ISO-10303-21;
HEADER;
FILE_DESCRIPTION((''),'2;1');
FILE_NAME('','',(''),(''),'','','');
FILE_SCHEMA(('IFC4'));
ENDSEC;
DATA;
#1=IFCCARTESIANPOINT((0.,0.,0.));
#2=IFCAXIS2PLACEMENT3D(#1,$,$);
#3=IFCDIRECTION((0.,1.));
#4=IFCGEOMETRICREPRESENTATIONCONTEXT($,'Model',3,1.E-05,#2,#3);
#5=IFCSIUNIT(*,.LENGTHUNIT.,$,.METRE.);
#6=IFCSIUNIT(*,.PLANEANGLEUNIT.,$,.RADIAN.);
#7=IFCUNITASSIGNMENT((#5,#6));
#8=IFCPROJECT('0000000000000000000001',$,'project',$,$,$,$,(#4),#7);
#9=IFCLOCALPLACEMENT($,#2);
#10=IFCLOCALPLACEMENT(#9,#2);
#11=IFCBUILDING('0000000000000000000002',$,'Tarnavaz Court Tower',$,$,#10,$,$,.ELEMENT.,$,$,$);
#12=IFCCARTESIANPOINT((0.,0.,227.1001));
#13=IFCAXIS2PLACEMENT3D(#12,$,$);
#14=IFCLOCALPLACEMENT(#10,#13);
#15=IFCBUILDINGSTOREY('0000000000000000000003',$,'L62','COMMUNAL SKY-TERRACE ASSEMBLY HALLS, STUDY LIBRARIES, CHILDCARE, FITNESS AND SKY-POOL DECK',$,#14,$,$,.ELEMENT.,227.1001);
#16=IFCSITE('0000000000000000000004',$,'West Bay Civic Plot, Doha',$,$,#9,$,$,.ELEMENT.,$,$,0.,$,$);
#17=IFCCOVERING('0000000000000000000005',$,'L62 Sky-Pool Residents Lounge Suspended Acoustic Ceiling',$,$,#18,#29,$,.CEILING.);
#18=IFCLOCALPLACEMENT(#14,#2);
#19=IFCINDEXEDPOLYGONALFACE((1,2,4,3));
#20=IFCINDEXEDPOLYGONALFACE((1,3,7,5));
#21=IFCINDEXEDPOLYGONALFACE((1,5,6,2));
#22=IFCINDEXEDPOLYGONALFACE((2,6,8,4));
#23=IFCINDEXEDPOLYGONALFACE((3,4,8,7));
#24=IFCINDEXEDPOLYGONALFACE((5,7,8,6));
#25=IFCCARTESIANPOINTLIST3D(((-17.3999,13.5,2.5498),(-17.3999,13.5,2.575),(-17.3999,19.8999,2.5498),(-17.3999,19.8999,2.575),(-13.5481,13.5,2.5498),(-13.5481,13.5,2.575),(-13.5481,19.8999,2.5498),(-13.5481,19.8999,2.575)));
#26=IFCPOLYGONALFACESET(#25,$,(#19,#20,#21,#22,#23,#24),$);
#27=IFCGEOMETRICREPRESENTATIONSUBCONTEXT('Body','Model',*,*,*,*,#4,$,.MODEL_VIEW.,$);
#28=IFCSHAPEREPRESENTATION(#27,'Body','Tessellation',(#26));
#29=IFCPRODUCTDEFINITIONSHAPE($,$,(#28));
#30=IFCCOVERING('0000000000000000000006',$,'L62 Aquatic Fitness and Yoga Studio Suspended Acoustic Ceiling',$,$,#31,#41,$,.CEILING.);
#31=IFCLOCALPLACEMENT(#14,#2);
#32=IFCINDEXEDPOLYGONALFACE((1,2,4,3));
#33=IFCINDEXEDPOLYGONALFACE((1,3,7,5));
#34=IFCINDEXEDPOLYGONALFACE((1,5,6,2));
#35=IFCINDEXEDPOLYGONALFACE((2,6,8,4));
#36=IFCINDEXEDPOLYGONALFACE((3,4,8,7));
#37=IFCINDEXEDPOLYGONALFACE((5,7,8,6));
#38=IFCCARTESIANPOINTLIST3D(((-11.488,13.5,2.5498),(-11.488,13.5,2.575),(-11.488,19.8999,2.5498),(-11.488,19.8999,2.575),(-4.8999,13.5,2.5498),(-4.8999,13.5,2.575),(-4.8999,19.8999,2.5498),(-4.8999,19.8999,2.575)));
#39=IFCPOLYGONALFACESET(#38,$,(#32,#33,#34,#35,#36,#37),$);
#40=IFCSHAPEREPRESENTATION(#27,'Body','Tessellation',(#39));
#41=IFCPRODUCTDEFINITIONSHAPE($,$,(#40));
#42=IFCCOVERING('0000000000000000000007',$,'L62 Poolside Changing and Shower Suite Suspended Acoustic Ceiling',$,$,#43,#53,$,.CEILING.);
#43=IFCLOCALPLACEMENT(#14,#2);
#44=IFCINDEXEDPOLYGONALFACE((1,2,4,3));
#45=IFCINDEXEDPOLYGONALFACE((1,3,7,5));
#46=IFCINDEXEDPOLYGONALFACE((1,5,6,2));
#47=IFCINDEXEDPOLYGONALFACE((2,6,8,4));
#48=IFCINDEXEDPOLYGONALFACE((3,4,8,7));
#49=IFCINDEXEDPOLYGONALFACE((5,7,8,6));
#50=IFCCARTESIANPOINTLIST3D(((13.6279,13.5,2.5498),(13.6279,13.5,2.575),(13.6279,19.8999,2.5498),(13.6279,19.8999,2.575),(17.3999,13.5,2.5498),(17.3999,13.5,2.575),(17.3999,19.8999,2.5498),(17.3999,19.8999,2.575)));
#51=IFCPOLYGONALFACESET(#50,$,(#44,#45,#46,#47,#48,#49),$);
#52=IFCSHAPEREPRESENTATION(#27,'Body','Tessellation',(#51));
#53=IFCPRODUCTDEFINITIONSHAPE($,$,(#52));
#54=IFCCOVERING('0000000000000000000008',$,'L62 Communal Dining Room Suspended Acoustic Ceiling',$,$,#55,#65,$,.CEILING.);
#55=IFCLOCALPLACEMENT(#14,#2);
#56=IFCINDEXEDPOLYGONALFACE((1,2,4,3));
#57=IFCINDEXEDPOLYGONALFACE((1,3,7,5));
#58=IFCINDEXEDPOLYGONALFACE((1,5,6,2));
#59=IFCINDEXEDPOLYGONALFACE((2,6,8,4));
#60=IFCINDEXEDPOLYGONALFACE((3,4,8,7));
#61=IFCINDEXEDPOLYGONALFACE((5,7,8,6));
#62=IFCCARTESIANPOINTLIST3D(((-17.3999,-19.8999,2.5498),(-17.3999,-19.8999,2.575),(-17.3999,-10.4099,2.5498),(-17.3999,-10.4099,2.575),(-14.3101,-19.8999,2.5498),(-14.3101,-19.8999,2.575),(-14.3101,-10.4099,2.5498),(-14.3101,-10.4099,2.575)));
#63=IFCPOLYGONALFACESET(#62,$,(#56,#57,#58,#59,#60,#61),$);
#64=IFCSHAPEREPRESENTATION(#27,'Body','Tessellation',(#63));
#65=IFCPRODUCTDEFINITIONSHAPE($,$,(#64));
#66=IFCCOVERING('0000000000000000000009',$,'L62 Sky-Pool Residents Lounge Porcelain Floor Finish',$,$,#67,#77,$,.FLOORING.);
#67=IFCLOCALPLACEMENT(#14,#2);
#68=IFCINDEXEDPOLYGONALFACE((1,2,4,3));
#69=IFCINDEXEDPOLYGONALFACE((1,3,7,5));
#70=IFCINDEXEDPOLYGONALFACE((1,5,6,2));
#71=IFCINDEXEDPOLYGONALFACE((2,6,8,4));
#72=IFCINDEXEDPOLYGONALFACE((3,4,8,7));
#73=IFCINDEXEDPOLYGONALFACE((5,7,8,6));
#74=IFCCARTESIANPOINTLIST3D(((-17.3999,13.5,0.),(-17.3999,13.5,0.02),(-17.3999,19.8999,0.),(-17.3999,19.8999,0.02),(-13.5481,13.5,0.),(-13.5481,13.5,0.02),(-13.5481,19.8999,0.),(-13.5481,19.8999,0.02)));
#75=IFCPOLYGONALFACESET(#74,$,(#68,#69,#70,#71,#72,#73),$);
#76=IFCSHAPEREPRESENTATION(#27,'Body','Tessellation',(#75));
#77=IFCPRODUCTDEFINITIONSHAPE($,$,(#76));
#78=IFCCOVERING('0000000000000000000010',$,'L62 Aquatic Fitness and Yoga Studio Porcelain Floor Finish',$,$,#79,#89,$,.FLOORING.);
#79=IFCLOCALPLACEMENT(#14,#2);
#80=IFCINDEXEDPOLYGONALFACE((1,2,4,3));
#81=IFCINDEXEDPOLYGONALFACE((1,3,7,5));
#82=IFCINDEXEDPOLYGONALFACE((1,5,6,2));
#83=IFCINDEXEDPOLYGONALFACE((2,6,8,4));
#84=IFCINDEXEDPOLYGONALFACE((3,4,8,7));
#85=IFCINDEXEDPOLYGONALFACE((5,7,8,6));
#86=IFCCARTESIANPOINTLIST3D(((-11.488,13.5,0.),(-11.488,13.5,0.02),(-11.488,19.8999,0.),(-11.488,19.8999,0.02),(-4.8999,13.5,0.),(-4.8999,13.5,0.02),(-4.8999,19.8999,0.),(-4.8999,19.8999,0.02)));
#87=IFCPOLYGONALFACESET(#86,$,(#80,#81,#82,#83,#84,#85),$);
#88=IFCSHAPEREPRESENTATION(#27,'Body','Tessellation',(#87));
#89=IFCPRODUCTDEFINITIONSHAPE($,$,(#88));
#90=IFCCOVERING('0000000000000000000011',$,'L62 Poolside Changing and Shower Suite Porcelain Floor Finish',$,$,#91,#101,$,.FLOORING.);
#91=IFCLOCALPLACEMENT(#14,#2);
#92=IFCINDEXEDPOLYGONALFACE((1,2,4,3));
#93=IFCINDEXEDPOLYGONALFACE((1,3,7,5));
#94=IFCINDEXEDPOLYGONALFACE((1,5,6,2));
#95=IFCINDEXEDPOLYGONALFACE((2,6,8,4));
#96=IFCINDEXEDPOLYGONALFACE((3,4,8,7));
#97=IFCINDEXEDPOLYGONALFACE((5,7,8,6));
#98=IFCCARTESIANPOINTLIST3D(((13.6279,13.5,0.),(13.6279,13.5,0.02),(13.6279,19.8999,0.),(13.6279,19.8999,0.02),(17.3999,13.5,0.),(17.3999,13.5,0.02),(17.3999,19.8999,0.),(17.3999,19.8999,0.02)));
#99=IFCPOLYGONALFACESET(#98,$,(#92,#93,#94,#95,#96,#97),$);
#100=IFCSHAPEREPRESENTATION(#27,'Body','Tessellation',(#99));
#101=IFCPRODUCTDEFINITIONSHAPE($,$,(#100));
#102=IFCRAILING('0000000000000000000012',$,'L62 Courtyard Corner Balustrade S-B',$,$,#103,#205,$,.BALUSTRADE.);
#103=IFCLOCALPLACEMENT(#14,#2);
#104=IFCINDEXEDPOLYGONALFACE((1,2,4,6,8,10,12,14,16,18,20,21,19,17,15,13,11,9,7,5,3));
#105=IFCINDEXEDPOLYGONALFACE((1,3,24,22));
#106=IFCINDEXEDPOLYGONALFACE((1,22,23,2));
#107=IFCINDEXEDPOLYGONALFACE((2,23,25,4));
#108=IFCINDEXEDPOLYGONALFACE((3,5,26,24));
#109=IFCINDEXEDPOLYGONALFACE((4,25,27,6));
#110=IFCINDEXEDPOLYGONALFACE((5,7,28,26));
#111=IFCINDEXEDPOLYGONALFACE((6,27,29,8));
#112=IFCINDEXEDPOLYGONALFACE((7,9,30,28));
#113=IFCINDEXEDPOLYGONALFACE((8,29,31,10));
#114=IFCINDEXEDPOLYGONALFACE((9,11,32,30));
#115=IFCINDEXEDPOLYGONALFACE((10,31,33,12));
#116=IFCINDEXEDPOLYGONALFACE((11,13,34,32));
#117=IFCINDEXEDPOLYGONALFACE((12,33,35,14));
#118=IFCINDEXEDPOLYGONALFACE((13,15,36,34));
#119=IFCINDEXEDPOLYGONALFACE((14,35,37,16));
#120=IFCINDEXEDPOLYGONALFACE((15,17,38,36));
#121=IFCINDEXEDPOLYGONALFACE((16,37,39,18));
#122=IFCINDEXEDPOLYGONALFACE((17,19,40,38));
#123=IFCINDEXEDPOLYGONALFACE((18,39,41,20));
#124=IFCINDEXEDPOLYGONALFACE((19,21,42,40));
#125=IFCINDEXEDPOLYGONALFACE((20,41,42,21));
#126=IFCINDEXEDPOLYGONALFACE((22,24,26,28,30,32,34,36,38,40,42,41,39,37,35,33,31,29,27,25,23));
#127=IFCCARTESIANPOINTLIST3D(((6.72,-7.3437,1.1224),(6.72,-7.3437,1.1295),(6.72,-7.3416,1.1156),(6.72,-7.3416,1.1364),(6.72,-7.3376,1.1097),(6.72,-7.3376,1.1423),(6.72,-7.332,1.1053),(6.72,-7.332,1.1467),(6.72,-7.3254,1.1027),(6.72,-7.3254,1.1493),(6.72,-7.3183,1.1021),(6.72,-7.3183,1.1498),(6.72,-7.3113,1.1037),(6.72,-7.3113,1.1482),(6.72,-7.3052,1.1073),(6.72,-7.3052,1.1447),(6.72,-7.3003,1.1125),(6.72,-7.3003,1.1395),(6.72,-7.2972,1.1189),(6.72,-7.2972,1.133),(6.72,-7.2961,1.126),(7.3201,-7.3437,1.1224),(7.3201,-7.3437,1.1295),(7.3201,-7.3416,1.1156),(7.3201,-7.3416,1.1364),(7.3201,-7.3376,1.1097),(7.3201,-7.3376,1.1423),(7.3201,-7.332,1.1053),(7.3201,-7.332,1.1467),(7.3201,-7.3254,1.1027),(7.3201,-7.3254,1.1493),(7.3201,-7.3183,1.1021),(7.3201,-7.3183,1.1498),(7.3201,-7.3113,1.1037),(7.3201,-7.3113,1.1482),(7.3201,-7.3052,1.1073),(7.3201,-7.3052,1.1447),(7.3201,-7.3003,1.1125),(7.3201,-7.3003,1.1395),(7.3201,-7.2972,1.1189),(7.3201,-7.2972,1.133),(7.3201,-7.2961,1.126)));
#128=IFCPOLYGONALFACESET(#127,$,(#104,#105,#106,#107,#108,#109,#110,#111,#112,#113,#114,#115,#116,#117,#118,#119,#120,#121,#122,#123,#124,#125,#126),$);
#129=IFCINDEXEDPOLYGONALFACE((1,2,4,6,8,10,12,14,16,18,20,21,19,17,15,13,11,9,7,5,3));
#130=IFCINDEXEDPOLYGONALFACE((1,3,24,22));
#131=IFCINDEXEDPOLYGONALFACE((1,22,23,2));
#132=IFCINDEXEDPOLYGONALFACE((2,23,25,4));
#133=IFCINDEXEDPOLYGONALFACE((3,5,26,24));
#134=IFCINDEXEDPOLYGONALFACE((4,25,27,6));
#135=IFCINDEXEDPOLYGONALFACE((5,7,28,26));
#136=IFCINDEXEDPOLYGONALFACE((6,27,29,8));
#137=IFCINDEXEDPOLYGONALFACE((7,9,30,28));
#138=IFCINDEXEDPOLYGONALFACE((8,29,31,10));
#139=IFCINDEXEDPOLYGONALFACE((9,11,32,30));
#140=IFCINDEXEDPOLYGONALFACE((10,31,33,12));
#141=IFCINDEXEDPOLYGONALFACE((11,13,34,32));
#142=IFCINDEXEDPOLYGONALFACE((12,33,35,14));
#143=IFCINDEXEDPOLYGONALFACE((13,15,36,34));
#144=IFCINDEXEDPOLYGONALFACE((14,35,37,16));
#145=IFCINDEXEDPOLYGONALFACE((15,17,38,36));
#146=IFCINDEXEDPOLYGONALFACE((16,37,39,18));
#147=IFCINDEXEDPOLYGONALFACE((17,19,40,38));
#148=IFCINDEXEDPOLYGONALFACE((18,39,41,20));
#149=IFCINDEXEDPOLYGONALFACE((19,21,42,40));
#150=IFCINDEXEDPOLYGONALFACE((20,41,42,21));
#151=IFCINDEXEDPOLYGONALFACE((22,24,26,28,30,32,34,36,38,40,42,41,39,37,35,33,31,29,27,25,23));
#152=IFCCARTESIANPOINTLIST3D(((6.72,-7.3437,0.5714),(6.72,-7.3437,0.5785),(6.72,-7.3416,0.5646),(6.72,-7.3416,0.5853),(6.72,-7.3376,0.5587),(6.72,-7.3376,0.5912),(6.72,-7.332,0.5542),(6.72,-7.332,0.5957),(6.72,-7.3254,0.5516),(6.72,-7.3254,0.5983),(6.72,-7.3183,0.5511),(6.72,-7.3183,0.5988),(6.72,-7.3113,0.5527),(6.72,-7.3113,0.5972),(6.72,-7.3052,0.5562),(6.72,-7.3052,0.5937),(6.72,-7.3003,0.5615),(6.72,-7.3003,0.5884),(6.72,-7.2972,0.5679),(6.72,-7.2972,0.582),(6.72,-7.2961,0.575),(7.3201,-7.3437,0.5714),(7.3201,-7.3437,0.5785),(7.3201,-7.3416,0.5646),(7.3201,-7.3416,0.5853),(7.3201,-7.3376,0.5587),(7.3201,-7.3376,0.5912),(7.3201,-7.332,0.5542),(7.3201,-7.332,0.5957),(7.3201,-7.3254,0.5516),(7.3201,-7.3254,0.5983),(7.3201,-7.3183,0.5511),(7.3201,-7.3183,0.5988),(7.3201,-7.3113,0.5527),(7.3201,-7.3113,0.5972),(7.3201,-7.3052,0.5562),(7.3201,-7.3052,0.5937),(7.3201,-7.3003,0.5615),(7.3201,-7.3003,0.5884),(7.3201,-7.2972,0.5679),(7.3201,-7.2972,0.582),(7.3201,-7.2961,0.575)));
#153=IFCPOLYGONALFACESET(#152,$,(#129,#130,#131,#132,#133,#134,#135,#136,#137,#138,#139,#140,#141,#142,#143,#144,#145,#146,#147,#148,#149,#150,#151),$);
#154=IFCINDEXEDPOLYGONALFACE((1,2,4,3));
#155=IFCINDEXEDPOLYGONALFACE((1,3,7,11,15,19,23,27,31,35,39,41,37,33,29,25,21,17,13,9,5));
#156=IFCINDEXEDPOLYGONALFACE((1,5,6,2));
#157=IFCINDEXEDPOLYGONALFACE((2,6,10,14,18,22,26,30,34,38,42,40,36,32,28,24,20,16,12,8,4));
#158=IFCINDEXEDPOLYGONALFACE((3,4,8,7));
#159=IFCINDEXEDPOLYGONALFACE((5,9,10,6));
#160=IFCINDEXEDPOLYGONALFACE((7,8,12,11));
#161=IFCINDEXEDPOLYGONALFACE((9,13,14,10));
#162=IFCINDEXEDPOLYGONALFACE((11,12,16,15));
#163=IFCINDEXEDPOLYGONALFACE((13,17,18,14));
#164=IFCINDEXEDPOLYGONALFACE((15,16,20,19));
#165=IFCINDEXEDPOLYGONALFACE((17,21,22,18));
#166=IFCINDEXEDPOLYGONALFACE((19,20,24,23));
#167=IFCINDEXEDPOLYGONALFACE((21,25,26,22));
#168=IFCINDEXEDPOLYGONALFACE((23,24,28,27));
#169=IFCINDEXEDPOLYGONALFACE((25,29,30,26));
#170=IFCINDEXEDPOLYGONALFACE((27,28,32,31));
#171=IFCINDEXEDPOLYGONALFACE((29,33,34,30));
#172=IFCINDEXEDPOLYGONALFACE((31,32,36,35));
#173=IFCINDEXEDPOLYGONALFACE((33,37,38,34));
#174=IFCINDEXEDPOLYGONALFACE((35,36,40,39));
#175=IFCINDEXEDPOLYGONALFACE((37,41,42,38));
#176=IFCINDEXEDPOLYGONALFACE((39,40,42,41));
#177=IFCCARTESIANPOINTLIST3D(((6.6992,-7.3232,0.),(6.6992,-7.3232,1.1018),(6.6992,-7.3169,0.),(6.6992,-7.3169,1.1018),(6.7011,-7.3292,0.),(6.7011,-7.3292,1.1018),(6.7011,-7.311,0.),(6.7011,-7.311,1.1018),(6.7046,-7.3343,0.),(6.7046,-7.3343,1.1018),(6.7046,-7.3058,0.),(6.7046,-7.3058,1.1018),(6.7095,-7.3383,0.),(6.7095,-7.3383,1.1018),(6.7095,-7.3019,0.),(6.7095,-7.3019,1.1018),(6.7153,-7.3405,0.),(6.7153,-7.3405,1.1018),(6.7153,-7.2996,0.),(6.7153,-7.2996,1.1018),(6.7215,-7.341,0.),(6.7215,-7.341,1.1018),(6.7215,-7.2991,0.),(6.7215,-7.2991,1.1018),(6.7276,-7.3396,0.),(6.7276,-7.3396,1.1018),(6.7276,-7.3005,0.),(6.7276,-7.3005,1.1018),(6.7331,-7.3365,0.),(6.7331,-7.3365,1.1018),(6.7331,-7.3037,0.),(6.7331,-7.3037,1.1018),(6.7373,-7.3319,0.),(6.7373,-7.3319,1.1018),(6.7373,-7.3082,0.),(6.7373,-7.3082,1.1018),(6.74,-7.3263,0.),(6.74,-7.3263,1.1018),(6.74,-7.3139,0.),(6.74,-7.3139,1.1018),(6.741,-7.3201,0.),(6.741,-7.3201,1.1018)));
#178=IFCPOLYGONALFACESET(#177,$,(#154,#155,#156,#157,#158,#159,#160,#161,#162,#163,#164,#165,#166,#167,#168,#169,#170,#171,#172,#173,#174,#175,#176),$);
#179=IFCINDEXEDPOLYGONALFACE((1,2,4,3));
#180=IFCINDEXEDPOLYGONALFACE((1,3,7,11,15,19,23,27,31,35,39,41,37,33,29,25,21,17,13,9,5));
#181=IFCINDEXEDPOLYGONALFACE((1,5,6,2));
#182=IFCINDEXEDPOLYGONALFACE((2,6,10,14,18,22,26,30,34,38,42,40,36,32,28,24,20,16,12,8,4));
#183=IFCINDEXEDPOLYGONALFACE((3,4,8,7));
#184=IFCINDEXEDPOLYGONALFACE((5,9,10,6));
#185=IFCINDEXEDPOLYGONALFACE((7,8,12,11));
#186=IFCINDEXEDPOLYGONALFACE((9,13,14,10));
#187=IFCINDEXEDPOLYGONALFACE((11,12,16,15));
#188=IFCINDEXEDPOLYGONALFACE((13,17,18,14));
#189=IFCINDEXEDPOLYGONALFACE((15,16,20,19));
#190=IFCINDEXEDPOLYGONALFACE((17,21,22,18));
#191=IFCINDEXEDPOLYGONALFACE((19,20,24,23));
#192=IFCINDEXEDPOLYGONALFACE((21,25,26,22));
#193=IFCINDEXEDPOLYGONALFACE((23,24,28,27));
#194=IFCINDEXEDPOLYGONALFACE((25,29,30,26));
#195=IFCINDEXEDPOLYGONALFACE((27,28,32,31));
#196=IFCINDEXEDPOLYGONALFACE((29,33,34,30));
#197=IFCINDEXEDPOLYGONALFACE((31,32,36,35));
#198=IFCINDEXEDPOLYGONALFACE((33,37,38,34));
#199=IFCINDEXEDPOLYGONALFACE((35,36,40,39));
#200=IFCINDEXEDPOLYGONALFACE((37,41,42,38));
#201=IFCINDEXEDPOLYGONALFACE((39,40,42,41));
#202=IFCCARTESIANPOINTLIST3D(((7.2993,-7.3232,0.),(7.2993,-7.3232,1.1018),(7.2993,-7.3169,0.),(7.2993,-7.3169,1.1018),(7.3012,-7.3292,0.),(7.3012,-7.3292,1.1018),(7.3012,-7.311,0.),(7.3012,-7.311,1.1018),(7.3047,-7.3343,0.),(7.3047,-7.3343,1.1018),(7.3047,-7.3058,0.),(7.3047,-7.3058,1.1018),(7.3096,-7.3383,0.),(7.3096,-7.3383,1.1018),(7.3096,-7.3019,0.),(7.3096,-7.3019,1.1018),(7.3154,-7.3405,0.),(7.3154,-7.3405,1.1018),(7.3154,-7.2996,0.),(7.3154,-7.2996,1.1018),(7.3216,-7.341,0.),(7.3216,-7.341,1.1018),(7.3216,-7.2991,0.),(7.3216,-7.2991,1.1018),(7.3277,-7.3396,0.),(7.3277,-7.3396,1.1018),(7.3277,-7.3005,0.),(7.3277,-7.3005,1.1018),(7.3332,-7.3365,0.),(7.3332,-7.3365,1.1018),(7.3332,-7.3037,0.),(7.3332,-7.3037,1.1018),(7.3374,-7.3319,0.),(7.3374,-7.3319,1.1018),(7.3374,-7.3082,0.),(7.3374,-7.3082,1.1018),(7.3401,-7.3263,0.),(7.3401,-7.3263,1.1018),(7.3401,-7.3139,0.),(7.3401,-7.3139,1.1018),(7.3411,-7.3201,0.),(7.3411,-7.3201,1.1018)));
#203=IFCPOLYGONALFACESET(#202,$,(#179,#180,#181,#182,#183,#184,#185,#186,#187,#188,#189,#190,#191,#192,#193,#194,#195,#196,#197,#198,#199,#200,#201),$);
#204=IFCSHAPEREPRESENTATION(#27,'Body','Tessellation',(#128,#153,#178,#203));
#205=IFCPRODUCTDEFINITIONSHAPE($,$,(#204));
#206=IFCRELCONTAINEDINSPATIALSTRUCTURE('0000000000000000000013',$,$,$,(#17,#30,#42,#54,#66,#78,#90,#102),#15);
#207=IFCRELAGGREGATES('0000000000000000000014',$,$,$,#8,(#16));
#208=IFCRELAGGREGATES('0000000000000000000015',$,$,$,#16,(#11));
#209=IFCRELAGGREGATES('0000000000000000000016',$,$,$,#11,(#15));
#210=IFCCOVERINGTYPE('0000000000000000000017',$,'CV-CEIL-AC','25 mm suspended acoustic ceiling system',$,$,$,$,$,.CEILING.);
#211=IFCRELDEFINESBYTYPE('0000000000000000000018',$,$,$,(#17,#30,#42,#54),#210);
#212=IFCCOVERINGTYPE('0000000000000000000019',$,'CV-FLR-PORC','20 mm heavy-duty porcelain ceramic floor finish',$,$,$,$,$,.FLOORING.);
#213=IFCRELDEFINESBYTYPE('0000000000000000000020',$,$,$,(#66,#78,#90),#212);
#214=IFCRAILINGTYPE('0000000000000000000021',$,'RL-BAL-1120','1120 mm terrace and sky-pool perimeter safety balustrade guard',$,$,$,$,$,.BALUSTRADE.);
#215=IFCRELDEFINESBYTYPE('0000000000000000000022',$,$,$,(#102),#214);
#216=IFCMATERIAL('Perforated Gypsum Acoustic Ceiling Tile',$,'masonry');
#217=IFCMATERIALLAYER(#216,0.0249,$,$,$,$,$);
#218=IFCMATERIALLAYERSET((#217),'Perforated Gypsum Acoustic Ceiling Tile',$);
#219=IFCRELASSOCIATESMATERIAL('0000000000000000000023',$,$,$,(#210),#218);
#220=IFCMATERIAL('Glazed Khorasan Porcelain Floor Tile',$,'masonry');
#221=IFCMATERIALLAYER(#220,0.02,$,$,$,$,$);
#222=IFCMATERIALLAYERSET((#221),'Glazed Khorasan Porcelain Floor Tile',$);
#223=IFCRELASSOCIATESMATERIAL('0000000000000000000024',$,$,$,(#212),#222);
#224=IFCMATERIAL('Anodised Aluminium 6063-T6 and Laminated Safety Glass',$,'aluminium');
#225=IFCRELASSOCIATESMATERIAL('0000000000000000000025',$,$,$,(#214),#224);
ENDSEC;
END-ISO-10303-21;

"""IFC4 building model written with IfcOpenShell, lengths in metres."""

from ifc_helpers import new_model, si_unit, direction, frame, origin, origin_2d, place, context, subcontext, project, spatial, polyline, circle, outline, extrude, material, layer, layer_set, type_object, element, save


model = new_model("IFC4")

# Units and contexts
model_context = context("Model", 3, precision=1e-05, world=origin(), true_north=direction((0.0, 1.0)))
body_context = subcontext(model_context, "Body", "Model", "MODEL_VIEW")
ifc_project = project(units=[si_unit("LENGTHUNIT", "METRE"), si_unit("PLANEANGLEUNIT", "RADIAN")], contexts=[model_context])

# Site, building, storey
site_placement = place(None, origin())
site = spatial("IfcSite", under=ifc_project, at=site_placement, Name="West Bay Civic Plot, Doha", CompositionType="ELEMENT", RefElevation=0.0)
building_placement = place(site_placement, origin())
building = spatial("IfcBuilding", under=site, at=building_placement, Name="Tarnavaz Court Tower", CompositionType="ELEMENT")
storey_placement = place(building_placement, frame((0.0, 0.0, 227.1001)))
storey = spatial("IfcBuildingStorey", under=building, at=storey_placement, Name="L62", Description="COMMUNAL SKY-TERRACE ASSEMBLY HALLS, STUDY LIBRARIES, CHILDCARE, FITNESS AND SKY-POOL DECK", CompositionType="ELEMENT", Elevation=227.1001)

# Coverings
ifc_material_1 = material(Name="Perforated Gypsum Acoustic Ceiling Tile", Category="masonry")
ifc_layer_1 = layer(ifc_material_1, 0.0249)
ifc_layer_set_1 = layer_set([ifc_layer_1], Name="Perforated Gypsum Acoustic Ceiling Tile")
covering_type_1 = type_object("IfcCoveringType", Name="CV-CEIL-AC", Description="25 mm suspended acoustic ceiling system", PredefinedType="CEILING", material=ifc_layer_set_1)
covering_1_placement = place(storey_placement, frame((0.0, 0.0, 2.5498)))
element("IfcCovering", 1, at=covering_1_placement, inside=storey, type_object=covering_type_1, Name="L62 Sky-Pool Residents Lounge Suspended Acoustic Ceiling", PredefinedType="CEILING", context=body_context, shape_type="SweptSolid", body=[
    extrude(outline(polyline([(-17.3999, 13.5), (-13.5481, 13.5), (-13.5481, 19.8999), (-17.3999, 19.8999), (-17.3999, 13.5)])), origin(), (0.0, 0.0, 1.0), 0.0251),
])
covering_2_placement = place(storey_placement, frame((0.0, 0.0, 2.5498)))
element("IfcCovering", 2, at=covering_2_placement, inside=storey, type_object=covering_type_1, Name="L62 Aquatic Fitness and Yoga Studio Suspended Acoustic Ceiling", PredefinedType="CEILING", context=body_context, shape_type="SweptSolid", body=[
    extrude(outline(polyline([(-11.488, 13.5), (-4.8999, 13.5), (-4.8999, 19.8999), (-11.488, 19.8999), (-11.488, 13.5)])), origin(), (0.0, 0.0, 1.0), 0.0251),
])
covering_3_placement = place(storey_placement, frame((0.0, 0.0, 2.5498)))
element("IfcCovering", 3, at=covering_3_placement, inside=storey, type_object=covering_type_1, Name="L62 Poolside Changing and Shower Suite Suspended Acoustic Ceiling", PredefinedType="CEILING", context=body_context, shape_type="SweptSolid", body=[
    extrude(outline(polyline([(13.6279, 13.5), (17.3999, 13.5), (17.3999, 19.8999), (13.6279, 19.8999), (13.6279, 13.5)])), origin(), (0.0, 0.0, 1.0), 0.0251),
])
covering_4_placement = place(storey_placement, frame((0.0, 0.0, 2.5498)))
element("IfcCovering", 4, at=covering_4_placement, inside=storey, type_object=covering_type_1, Name="L62 Communal Dining Room Suspended Acoustic Ceiling", PredefinedType="CEILING", context=body_context, shape_type="SweptSolid", body=[
    extrude(outline(polyline([(-17.3999, -19.8999), (-14.3101, -19.8999), (-14.3101, -10.4099), (-17.3999, -10.4099), (-17.3999, -19.8999)])), origin(), (0.0, 0.0, 1.0), 0.0251),
])
ifc_material_2 = material(Name="Glazed Khorasan Porcelain Floor Tile", Category="masonry")
ifc_layer_2 = layer(ifc_material_2, 0.02)
ifc_layer_set_2 = layer_set([ifc_layer_2], Name="Glazed Khorasan Porcelain Floor Tile")
covering_type_2 = type_object("IfcCoveringType", Name="CV-FLR-PORC", Description="20 mm heavy-duty porcelain ceramic floor finish", PredefinedType="FLOORING", material=ifc_layer_set_2)
covering_5_placement = place(storey_placement, origin())
element("IfcCovering", 5, at=covering_5_placement, inside=storey, type_object=covering_type_2, Name="L62 Sky-Pool Residents Lounge Porcelain Floor Finish", PredefinedType="FLOORING", context=body_context, shape_type="SweptSolid", body=[
    extrude(outline(polyline([(-17.3999, 13.5), (-13.5481, 13.5), (-13.5481, 19.8999), (-17.3999, 19.8999), (-17.3999, 13.5)])), origin(), (0.0, 0.0, 1.0), 0.02),
])
covering_6_placement = place(storey_placement, origin())
element("IfcCovering", 6, at=covering_6_placement, inside=storey, type_object=covering_type_2, Name="L62 Aquatic Fitness and Yoga Studio Porcelain Floor Finish", PredefinedType="FLOORING", context=body_context, shape_type="SweptSolid", body=[
    extrude(outline(polyline([(-11.488, 13.5), (-4.8999, 13.5), (-4.8999, 19.8999), (-11.488, 19.8999), (-11.488, 13.5)])), origin(), (0.0, 0.0, 1.0), 0.02),
])
covering_7_placement = place(storey_placement, origin())
element("IfcCovering", 7, at=covering_7_placement, inside=storey, type_object=covering_type_2, Name="L62 Poolside Changing and Shower Suite Porcelain Floor Finish", PredefinedType="FLOORING", context=body_context, shape_type="SweptSolid", body=[
    extrude(outline(polyline([(13.6279, 13.5), (17.3999, 13.5), (17.3999, 19.8999), (13.6279, 19.8999), (13.6279, 13.5)])), origin(), (0.0, 0.0, 1.0), 0.02),
])

# Railing
ifc_material_3 = material(Name="Anodised Aluminium 6063-T6 and Laminated Safety Glass", Category="aluminium")
railing_type = type_object("IfcRailingType", Name="RL-BAL-1120", Description="1120 mm terrace and sky-pool perimeter safety balustrade guard", PredefinedType="BALUSTRADE", material=ifc_material_3)
railing_placement = place(storey_placement, frame((6.72, -7.3201, 0.0)))
element("IfcRailing", 8, at=railing_placement, inside=storey, type_object=railing_type, Name="L62 Courtyard Corner Balustrade S-B", PredefinedType="BALUSTRADE", context=body_context, shape_type="SweptSolid", body=[
    extrude(circle(Radius=0.0239, at=origin_2d()), frame((0.0, 0.0, 1.126), z_axis=(1.0, 0.0, 0.0), x_axis=(0.0, 1.0, 0.0)), (0.0, 0.0, 1.0), 0.6001),
    extrude(circle(Radius=0.0239, at=origin_2d()), frame((0.0, 0.0, 0.575), z_axis=(1.0, 0.0, 0.0), x_axis=(0.0, 1.0, 0.0)), (0.0, 0.0, 1.0), 0.6001),
    extrude(circle(Radius=0.021, at=origin_2d()), origin(), (0.0, 0.0, 1.0), 1.1018),
    extrude(circle(Radius=0.021, at=origin_2d()), frame((0.6001, 0.0, 0.0)), (0.0, 0.0, 1.0), 1.1018),
])

save(model, "model.ifc")
